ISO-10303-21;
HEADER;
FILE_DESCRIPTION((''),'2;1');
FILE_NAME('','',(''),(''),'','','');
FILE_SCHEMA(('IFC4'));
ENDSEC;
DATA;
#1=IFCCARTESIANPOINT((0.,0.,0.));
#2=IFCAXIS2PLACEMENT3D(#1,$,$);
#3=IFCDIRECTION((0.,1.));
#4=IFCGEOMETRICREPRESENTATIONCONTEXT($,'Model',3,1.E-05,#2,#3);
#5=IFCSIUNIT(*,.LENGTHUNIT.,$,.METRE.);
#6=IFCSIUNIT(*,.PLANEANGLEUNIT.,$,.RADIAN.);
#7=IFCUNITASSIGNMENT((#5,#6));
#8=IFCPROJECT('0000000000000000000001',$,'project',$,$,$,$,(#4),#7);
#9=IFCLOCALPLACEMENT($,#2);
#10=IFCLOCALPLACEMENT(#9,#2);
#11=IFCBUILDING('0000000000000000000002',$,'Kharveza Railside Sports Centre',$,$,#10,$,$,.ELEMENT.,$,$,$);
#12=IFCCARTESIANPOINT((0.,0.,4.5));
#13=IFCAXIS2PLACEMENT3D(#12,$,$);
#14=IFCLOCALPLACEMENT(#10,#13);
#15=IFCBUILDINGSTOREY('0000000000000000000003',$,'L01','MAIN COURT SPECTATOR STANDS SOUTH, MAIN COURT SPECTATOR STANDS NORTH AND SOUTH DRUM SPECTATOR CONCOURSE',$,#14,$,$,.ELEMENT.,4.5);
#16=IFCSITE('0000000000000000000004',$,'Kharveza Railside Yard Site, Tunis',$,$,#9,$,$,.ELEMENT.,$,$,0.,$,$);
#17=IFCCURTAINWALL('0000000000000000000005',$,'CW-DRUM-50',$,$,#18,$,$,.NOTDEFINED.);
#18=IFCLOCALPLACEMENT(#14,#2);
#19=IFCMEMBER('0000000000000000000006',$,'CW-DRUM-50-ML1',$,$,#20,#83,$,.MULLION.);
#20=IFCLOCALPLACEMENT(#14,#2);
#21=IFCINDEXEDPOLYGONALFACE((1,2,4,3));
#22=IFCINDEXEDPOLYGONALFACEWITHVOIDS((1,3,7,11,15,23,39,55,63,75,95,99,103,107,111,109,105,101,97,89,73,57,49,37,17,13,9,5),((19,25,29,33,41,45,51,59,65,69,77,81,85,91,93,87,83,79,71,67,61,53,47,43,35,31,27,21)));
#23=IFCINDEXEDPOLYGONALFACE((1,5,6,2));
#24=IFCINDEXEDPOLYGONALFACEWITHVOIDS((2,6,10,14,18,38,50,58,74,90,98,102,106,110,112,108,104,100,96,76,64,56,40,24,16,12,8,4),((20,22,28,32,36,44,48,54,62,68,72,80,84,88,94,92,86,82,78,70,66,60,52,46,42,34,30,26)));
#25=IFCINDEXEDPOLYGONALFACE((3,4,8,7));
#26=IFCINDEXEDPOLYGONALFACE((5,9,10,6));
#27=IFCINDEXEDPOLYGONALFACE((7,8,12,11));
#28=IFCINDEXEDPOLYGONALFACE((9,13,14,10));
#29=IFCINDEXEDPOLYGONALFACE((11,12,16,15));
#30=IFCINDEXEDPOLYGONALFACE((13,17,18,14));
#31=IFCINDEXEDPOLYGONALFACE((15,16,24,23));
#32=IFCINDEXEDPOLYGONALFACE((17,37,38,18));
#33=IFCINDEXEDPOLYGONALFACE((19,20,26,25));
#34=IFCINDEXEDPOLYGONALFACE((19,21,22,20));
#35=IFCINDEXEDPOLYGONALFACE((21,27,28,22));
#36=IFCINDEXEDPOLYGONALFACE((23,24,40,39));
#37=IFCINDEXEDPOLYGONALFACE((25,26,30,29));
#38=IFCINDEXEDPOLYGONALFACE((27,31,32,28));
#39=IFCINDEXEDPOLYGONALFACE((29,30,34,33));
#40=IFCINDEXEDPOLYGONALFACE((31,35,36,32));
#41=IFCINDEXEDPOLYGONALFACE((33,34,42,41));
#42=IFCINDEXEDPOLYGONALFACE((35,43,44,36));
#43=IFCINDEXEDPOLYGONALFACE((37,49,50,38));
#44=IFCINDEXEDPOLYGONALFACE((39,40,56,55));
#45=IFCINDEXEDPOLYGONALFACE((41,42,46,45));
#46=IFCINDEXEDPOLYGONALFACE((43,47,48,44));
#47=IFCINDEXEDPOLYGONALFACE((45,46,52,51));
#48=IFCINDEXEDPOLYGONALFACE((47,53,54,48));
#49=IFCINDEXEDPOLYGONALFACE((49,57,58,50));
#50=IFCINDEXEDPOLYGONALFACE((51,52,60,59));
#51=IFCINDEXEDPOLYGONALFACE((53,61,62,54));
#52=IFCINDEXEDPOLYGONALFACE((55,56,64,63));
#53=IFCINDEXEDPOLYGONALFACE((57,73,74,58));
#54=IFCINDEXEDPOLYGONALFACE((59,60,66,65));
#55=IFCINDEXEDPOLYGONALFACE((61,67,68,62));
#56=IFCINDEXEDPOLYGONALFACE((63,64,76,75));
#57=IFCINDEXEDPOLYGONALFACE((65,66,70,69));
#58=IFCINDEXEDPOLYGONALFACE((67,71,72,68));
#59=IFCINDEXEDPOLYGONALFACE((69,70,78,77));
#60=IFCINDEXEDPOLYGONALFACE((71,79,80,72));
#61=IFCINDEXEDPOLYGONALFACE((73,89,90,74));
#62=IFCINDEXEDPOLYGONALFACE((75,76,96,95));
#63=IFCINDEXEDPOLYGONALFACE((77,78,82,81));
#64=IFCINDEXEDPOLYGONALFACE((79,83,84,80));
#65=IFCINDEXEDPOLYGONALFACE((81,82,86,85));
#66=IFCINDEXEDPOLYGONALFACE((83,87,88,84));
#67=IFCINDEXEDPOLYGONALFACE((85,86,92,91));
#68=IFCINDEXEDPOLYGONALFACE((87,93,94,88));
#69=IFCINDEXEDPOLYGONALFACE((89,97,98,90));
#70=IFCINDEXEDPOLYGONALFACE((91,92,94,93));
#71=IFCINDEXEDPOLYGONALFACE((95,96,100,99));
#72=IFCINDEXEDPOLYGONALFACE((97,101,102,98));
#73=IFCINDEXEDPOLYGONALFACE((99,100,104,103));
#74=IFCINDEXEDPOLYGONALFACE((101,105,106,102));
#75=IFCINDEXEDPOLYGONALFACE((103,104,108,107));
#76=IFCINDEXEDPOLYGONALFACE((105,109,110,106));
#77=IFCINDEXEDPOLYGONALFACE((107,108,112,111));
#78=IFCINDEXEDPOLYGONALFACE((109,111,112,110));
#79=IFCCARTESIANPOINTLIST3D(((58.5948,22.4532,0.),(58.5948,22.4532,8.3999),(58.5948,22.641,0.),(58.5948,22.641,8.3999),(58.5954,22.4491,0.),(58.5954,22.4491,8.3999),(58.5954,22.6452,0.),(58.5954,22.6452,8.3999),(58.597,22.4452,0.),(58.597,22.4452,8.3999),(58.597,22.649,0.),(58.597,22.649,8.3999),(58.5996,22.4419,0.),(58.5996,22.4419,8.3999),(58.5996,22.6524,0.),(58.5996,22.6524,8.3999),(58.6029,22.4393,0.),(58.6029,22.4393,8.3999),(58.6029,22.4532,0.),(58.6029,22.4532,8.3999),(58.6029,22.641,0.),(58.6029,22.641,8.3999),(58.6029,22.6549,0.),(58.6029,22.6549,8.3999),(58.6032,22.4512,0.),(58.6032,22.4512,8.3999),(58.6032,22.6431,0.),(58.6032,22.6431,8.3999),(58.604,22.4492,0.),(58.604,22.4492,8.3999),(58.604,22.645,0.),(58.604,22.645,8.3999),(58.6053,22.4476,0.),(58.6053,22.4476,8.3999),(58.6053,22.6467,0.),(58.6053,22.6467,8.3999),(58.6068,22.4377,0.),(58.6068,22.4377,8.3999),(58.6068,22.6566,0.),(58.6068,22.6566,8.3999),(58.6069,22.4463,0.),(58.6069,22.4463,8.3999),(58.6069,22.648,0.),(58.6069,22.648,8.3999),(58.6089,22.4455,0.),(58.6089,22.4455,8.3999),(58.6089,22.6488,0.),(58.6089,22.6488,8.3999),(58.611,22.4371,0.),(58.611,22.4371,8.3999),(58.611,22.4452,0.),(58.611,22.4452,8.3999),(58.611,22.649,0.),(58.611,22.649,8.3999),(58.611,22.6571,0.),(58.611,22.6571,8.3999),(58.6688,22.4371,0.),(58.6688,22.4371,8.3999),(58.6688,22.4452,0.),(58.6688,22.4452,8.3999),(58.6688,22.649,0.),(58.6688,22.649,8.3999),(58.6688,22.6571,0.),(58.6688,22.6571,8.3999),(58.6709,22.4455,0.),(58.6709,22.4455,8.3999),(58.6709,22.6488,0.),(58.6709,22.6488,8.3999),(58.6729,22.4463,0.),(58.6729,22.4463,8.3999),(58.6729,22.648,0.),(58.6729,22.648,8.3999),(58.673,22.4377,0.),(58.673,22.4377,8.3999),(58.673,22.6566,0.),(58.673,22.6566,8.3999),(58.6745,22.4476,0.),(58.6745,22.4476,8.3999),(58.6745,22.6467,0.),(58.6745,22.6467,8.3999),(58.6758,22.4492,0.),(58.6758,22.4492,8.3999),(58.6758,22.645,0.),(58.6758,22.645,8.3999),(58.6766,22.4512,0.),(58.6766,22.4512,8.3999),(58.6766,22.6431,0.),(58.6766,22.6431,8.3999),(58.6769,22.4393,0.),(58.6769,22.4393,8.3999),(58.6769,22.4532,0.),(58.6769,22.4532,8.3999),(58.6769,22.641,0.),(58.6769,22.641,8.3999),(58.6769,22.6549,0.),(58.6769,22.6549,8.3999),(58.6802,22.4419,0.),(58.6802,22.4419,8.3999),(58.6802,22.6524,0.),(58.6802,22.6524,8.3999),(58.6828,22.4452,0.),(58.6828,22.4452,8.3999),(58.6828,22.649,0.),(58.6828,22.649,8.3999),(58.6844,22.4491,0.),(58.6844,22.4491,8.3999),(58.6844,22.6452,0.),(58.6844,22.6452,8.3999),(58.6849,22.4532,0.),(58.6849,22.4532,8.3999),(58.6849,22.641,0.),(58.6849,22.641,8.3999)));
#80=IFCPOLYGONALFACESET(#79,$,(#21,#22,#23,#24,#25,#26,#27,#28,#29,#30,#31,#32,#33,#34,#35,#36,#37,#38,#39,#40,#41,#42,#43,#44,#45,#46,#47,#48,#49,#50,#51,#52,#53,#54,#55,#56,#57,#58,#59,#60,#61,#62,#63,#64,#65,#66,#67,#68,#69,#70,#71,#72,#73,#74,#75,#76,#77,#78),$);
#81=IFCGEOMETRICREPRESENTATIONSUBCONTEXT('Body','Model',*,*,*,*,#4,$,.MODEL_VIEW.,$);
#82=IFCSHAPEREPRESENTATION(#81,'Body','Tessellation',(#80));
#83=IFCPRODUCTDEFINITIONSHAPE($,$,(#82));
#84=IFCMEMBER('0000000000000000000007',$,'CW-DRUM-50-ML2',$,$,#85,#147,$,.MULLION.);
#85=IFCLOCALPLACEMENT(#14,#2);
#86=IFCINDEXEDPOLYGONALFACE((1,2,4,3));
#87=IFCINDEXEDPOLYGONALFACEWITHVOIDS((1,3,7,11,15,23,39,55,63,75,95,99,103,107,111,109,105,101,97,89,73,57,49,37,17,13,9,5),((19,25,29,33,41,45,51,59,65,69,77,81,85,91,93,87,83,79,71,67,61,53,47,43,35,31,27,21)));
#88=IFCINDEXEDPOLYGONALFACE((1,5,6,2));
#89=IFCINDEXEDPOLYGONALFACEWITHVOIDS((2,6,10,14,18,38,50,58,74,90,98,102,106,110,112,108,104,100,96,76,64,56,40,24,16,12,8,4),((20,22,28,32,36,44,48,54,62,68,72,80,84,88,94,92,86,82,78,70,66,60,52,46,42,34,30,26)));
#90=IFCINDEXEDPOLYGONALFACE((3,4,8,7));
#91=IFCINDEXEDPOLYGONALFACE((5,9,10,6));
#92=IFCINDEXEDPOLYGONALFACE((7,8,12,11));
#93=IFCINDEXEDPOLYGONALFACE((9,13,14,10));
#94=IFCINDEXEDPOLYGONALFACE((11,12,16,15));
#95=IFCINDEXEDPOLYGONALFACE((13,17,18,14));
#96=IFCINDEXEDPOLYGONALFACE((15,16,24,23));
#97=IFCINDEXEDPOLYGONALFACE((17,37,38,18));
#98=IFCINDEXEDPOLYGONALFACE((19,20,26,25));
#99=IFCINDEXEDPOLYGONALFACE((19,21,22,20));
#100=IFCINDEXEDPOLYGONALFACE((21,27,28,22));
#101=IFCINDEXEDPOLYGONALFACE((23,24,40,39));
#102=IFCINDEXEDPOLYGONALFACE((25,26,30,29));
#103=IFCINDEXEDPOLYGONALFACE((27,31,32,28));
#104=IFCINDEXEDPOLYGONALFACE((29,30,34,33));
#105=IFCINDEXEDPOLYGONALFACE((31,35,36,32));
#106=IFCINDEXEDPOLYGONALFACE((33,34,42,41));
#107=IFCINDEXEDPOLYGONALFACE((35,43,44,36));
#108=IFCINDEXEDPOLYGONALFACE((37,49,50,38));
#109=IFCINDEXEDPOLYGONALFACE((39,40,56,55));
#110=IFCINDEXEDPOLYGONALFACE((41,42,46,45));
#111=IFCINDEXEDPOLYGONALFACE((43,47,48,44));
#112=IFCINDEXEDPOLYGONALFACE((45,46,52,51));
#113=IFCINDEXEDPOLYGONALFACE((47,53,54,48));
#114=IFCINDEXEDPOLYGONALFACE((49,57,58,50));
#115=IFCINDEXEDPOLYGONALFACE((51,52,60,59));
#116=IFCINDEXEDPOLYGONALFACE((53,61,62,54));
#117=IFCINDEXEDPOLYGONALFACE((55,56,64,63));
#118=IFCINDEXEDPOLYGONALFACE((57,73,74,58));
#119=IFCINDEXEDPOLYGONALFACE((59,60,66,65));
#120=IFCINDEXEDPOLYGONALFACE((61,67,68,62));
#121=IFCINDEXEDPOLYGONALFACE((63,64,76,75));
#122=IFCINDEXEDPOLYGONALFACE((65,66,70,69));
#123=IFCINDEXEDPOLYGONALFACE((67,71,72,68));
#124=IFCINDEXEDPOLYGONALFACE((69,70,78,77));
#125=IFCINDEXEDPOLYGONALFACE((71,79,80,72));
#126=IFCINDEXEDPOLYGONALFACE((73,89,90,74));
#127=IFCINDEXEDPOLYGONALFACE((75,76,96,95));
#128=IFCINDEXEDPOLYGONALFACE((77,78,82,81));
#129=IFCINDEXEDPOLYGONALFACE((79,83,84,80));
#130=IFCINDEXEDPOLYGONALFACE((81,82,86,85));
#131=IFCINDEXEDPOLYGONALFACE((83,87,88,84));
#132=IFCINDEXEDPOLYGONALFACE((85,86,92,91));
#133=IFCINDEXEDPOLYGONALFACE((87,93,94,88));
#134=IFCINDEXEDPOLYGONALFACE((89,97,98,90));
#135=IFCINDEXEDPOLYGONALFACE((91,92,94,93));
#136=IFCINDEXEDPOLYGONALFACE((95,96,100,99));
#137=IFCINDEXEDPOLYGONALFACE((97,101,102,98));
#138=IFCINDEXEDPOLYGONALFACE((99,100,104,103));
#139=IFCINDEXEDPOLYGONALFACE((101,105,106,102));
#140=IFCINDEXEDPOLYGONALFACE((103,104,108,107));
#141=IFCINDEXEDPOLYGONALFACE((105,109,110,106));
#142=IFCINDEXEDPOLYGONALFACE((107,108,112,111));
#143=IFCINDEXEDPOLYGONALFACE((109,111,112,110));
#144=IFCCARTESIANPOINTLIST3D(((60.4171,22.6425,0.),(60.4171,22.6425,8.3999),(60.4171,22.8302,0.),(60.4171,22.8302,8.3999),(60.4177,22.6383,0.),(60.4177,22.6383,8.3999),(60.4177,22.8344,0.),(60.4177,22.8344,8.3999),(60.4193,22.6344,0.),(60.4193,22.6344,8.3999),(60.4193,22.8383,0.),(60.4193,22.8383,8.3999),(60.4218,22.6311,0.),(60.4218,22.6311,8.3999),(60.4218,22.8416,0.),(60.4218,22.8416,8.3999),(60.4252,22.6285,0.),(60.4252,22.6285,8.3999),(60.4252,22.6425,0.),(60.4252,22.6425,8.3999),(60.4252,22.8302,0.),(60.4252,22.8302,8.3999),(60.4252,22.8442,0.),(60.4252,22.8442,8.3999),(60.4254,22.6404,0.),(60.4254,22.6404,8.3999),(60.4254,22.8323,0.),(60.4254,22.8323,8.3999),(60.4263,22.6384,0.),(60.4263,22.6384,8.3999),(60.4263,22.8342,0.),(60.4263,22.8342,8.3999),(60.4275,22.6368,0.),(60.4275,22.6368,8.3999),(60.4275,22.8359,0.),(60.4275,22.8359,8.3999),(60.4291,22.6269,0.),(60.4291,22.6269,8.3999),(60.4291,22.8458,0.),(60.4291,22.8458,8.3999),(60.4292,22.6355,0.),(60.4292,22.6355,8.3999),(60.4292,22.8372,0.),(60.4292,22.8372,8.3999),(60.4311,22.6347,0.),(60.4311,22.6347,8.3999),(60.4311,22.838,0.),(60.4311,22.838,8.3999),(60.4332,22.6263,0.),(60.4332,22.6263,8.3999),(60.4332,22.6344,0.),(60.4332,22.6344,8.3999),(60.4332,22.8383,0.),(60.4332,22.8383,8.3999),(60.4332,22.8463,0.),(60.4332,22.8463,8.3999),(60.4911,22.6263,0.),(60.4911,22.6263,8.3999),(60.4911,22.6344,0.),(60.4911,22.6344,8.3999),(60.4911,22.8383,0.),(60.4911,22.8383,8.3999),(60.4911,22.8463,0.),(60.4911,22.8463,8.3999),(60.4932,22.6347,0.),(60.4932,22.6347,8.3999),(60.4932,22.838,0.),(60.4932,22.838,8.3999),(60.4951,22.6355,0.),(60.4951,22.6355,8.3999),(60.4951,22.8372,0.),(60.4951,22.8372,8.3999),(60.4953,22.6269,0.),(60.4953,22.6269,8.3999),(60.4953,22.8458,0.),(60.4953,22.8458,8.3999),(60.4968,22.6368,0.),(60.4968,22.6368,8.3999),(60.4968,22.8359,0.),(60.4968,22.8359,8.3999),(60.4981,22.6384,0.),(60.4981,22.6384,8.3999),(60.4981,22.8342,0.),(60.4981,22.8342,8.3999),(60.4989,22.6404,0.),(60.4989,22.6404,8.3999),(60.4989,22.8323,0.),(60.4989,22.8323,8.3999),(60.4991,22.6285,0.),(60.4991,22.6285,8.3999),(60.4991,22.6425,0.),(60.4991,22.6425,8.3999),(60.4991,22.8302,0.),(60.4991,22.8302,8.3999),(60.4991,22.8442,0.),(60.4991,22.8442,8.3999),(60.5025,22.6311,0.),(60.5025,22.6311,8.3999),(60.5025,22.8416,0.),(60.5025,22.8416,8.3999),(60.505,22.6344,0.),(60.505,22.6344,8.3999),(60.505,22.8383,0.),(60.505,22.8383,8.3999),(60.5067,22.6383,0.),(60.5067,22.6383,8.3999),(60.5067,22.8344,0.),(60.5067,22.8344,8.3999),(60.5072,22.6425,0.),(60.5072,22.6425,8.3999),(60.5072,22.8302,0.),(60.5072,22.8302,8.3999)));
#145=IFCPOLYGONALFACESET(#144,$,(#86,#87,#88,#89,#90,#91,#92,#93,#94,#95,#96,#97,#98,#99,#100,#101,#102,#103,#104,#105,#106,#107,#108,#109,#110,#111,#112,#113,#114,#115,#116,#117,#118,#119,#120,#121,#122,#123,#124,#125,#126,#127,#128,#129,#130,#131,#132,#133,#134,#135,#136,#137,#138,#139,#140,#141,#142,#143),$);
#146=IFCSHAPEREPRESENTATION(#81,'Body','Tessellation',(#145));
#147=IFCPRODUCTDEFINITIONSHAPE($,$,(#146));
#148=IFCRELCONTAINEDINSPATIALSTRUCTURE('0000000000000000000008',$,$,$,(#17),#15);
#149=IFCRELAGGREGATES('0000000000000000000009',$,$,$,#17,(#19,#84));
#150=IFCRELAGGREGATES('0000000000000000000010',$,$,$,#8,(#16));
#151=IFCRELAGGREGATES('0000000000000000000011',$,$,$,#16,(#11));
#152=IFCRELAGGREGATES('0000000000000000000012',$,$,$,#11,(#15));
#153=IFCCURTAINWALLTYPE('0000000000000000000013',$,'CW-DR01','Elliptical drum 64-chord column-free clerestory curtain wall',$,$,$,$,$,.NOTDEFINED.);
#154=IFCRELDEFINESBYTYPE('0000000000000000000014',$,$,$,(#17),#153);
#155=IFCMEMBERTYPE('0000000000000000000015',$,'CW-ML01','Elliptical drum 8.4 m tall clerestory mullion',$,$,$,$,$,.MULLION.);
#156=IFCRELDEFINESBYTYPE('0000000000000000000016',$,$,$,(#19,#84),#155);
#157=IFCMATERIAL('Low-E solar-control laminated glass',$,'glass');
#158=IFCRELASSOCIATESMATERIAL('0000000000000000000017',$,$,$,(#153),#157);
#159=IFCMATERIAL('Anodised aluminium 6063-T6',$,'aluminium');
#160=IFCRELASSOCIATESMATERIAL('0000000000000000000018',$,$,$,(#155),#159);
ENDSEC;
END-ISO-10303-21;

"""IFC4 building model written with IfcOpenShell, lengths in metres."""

from ifc_helpers import new_model, si_unit, direction, frame, origin, origin_2d, place, context, subcontext, project, spatial, hollow_rectangle, extrude, material, material_profile, profile_set, type_object, element, aggregate, save


model = new_model("IFC4")

# Units and contexts
model_context = context("Model", 3, precision=1e-05, world=origin(), true_north=direction((0.0, 1.0)))
body_context = subcontext(model_context, "Body", "Model", "MODEL_VIEW")
ifc_project = project(units=[si_unit("LENGTHUNIT", "METRE"), si_unit("PLANEANGLEUNIT", "RADIAN")], contexts=[model_context])

# Site, building, storey
site_placement = place(None, origin())
site = spatial("IfcSite", under=ifc_project, at=site_placement, Name="Kharveza Railside Yard Site, Tunis", CompositionType="ELEMENT", RefElevation=0.0)
building_placement = place(site_placement, origin())
building = spatial("IfcBuilding", under=site, at=building_placement, Name="Kharveza Railside Sports Centre", CompositionType="ELEMENT")
storey_placement = place(building_placement, frame((0.0, 0.0, 4.5)))
storey = spatial("IfcBuildingStorey", under=building, at=storey_placement, Name="L01", Description="MAIN COURT SPECTATOR STANDS SOUTH, MAIN COURT SPECTATOR STANDS NORTH AND SOUTH DRUM SPECTATOR CONCOURSE", CompositionType="ELEMENT", Elevation=4.5)

# Shared definitions
ifc_material_1 = material(Name="Low-E solar-control laminated glass", Category="glass")
curtain_wall_type = type_object("IfcCurtainWallType", Name="CW-DR01", Description="Elliptical drum 64-chord column-free clerestory curtain wall", PredefinedType="NOTDEFINED", material=ifc_material_1)
ifc_material_2 = material(Name="Anodised aluminium 6063-T6", Category="aluminium")
ifc_material_profile_1 = material_profile(ifc_material_2, hollow_rectangle(XDim=0.0901, YDim=0.22, WallThickness=0.0081, InnerFilletRadius=0.0081, OuterFilletRadius=0.0161, at=origin_2d()), Name="RHS 90x220x8.0")
ifc_profile_set_1 = profile_set([ifc_material_profile_1], Name="Anodised aluminium 6063-T6")
member_type_1 = type_object("IfcMemberType", Name="CW-ML01", Description="Elliptical drum 8.4 m tall clerestory mullion", PredefinedType="MULLION", material=ifc_profile_set_1)

# Curtain wall, members
curtain_wall_1_placement = place(storey_placement, origin())
curtain_wall_1 = element("IfcCurtainWall", 1, at=curtain_wall_1_placement, inside=storey, type_object=curtain_wall_type, Name="CW-DRUM-50", PredefinedType="NOTDEFINED")
member_1_placement = place(storey_placement, frame((58.6399, 22.5471, 0.0), z_axis=(0.0, 0.0, 1.0), x_axis=(1.0, 0.0, 0.0)))
member_1 = element("IfcMember", 2, at=member_1_placement, type_object=member_type_1, Name="CW-DRUM-50-ML1", PredefinedType="MULLION", context=body_context, shape_type="SweptSolid", body=[
    extrude(hollow_rectangle(XDim=0.0901, YDim=0.22, WallThickness=0.0081, InnerFilletRadius=0.0081, OuterFilletRadius=0.0161, at=origin_2d()), origin(), (0.0, 0.0, 1.0), 8.3999),
])
member_2_placement = place(storey_placement, frame((60.4622, 22.7363, 0.0), z_axis=(0.0, 0.0, 1.0), x_axis=(1.0, 0.0, 0.0)))
member_2 = element("IfcMember", 3, at=member_2_placement, type_object=member_type_1, Name="CW-DRUM-50-ML2", PredefinedType="MULLION", context=body_context, shape_type="SweptSolid", body=[
    extrude(hollow_rectangle(XDim=0.0901, YDim=0.22, WallThickness=0.0081, InnerFilletRadius=0.0081, OuterFilletRadius=0.0161, at=origin_2d()), origin(), (0.0, 0.0, 1.0), 8.3999),
])

aggregate(curtain_wall_1, [member_1, member_2])

save(model, "model.ifc")
